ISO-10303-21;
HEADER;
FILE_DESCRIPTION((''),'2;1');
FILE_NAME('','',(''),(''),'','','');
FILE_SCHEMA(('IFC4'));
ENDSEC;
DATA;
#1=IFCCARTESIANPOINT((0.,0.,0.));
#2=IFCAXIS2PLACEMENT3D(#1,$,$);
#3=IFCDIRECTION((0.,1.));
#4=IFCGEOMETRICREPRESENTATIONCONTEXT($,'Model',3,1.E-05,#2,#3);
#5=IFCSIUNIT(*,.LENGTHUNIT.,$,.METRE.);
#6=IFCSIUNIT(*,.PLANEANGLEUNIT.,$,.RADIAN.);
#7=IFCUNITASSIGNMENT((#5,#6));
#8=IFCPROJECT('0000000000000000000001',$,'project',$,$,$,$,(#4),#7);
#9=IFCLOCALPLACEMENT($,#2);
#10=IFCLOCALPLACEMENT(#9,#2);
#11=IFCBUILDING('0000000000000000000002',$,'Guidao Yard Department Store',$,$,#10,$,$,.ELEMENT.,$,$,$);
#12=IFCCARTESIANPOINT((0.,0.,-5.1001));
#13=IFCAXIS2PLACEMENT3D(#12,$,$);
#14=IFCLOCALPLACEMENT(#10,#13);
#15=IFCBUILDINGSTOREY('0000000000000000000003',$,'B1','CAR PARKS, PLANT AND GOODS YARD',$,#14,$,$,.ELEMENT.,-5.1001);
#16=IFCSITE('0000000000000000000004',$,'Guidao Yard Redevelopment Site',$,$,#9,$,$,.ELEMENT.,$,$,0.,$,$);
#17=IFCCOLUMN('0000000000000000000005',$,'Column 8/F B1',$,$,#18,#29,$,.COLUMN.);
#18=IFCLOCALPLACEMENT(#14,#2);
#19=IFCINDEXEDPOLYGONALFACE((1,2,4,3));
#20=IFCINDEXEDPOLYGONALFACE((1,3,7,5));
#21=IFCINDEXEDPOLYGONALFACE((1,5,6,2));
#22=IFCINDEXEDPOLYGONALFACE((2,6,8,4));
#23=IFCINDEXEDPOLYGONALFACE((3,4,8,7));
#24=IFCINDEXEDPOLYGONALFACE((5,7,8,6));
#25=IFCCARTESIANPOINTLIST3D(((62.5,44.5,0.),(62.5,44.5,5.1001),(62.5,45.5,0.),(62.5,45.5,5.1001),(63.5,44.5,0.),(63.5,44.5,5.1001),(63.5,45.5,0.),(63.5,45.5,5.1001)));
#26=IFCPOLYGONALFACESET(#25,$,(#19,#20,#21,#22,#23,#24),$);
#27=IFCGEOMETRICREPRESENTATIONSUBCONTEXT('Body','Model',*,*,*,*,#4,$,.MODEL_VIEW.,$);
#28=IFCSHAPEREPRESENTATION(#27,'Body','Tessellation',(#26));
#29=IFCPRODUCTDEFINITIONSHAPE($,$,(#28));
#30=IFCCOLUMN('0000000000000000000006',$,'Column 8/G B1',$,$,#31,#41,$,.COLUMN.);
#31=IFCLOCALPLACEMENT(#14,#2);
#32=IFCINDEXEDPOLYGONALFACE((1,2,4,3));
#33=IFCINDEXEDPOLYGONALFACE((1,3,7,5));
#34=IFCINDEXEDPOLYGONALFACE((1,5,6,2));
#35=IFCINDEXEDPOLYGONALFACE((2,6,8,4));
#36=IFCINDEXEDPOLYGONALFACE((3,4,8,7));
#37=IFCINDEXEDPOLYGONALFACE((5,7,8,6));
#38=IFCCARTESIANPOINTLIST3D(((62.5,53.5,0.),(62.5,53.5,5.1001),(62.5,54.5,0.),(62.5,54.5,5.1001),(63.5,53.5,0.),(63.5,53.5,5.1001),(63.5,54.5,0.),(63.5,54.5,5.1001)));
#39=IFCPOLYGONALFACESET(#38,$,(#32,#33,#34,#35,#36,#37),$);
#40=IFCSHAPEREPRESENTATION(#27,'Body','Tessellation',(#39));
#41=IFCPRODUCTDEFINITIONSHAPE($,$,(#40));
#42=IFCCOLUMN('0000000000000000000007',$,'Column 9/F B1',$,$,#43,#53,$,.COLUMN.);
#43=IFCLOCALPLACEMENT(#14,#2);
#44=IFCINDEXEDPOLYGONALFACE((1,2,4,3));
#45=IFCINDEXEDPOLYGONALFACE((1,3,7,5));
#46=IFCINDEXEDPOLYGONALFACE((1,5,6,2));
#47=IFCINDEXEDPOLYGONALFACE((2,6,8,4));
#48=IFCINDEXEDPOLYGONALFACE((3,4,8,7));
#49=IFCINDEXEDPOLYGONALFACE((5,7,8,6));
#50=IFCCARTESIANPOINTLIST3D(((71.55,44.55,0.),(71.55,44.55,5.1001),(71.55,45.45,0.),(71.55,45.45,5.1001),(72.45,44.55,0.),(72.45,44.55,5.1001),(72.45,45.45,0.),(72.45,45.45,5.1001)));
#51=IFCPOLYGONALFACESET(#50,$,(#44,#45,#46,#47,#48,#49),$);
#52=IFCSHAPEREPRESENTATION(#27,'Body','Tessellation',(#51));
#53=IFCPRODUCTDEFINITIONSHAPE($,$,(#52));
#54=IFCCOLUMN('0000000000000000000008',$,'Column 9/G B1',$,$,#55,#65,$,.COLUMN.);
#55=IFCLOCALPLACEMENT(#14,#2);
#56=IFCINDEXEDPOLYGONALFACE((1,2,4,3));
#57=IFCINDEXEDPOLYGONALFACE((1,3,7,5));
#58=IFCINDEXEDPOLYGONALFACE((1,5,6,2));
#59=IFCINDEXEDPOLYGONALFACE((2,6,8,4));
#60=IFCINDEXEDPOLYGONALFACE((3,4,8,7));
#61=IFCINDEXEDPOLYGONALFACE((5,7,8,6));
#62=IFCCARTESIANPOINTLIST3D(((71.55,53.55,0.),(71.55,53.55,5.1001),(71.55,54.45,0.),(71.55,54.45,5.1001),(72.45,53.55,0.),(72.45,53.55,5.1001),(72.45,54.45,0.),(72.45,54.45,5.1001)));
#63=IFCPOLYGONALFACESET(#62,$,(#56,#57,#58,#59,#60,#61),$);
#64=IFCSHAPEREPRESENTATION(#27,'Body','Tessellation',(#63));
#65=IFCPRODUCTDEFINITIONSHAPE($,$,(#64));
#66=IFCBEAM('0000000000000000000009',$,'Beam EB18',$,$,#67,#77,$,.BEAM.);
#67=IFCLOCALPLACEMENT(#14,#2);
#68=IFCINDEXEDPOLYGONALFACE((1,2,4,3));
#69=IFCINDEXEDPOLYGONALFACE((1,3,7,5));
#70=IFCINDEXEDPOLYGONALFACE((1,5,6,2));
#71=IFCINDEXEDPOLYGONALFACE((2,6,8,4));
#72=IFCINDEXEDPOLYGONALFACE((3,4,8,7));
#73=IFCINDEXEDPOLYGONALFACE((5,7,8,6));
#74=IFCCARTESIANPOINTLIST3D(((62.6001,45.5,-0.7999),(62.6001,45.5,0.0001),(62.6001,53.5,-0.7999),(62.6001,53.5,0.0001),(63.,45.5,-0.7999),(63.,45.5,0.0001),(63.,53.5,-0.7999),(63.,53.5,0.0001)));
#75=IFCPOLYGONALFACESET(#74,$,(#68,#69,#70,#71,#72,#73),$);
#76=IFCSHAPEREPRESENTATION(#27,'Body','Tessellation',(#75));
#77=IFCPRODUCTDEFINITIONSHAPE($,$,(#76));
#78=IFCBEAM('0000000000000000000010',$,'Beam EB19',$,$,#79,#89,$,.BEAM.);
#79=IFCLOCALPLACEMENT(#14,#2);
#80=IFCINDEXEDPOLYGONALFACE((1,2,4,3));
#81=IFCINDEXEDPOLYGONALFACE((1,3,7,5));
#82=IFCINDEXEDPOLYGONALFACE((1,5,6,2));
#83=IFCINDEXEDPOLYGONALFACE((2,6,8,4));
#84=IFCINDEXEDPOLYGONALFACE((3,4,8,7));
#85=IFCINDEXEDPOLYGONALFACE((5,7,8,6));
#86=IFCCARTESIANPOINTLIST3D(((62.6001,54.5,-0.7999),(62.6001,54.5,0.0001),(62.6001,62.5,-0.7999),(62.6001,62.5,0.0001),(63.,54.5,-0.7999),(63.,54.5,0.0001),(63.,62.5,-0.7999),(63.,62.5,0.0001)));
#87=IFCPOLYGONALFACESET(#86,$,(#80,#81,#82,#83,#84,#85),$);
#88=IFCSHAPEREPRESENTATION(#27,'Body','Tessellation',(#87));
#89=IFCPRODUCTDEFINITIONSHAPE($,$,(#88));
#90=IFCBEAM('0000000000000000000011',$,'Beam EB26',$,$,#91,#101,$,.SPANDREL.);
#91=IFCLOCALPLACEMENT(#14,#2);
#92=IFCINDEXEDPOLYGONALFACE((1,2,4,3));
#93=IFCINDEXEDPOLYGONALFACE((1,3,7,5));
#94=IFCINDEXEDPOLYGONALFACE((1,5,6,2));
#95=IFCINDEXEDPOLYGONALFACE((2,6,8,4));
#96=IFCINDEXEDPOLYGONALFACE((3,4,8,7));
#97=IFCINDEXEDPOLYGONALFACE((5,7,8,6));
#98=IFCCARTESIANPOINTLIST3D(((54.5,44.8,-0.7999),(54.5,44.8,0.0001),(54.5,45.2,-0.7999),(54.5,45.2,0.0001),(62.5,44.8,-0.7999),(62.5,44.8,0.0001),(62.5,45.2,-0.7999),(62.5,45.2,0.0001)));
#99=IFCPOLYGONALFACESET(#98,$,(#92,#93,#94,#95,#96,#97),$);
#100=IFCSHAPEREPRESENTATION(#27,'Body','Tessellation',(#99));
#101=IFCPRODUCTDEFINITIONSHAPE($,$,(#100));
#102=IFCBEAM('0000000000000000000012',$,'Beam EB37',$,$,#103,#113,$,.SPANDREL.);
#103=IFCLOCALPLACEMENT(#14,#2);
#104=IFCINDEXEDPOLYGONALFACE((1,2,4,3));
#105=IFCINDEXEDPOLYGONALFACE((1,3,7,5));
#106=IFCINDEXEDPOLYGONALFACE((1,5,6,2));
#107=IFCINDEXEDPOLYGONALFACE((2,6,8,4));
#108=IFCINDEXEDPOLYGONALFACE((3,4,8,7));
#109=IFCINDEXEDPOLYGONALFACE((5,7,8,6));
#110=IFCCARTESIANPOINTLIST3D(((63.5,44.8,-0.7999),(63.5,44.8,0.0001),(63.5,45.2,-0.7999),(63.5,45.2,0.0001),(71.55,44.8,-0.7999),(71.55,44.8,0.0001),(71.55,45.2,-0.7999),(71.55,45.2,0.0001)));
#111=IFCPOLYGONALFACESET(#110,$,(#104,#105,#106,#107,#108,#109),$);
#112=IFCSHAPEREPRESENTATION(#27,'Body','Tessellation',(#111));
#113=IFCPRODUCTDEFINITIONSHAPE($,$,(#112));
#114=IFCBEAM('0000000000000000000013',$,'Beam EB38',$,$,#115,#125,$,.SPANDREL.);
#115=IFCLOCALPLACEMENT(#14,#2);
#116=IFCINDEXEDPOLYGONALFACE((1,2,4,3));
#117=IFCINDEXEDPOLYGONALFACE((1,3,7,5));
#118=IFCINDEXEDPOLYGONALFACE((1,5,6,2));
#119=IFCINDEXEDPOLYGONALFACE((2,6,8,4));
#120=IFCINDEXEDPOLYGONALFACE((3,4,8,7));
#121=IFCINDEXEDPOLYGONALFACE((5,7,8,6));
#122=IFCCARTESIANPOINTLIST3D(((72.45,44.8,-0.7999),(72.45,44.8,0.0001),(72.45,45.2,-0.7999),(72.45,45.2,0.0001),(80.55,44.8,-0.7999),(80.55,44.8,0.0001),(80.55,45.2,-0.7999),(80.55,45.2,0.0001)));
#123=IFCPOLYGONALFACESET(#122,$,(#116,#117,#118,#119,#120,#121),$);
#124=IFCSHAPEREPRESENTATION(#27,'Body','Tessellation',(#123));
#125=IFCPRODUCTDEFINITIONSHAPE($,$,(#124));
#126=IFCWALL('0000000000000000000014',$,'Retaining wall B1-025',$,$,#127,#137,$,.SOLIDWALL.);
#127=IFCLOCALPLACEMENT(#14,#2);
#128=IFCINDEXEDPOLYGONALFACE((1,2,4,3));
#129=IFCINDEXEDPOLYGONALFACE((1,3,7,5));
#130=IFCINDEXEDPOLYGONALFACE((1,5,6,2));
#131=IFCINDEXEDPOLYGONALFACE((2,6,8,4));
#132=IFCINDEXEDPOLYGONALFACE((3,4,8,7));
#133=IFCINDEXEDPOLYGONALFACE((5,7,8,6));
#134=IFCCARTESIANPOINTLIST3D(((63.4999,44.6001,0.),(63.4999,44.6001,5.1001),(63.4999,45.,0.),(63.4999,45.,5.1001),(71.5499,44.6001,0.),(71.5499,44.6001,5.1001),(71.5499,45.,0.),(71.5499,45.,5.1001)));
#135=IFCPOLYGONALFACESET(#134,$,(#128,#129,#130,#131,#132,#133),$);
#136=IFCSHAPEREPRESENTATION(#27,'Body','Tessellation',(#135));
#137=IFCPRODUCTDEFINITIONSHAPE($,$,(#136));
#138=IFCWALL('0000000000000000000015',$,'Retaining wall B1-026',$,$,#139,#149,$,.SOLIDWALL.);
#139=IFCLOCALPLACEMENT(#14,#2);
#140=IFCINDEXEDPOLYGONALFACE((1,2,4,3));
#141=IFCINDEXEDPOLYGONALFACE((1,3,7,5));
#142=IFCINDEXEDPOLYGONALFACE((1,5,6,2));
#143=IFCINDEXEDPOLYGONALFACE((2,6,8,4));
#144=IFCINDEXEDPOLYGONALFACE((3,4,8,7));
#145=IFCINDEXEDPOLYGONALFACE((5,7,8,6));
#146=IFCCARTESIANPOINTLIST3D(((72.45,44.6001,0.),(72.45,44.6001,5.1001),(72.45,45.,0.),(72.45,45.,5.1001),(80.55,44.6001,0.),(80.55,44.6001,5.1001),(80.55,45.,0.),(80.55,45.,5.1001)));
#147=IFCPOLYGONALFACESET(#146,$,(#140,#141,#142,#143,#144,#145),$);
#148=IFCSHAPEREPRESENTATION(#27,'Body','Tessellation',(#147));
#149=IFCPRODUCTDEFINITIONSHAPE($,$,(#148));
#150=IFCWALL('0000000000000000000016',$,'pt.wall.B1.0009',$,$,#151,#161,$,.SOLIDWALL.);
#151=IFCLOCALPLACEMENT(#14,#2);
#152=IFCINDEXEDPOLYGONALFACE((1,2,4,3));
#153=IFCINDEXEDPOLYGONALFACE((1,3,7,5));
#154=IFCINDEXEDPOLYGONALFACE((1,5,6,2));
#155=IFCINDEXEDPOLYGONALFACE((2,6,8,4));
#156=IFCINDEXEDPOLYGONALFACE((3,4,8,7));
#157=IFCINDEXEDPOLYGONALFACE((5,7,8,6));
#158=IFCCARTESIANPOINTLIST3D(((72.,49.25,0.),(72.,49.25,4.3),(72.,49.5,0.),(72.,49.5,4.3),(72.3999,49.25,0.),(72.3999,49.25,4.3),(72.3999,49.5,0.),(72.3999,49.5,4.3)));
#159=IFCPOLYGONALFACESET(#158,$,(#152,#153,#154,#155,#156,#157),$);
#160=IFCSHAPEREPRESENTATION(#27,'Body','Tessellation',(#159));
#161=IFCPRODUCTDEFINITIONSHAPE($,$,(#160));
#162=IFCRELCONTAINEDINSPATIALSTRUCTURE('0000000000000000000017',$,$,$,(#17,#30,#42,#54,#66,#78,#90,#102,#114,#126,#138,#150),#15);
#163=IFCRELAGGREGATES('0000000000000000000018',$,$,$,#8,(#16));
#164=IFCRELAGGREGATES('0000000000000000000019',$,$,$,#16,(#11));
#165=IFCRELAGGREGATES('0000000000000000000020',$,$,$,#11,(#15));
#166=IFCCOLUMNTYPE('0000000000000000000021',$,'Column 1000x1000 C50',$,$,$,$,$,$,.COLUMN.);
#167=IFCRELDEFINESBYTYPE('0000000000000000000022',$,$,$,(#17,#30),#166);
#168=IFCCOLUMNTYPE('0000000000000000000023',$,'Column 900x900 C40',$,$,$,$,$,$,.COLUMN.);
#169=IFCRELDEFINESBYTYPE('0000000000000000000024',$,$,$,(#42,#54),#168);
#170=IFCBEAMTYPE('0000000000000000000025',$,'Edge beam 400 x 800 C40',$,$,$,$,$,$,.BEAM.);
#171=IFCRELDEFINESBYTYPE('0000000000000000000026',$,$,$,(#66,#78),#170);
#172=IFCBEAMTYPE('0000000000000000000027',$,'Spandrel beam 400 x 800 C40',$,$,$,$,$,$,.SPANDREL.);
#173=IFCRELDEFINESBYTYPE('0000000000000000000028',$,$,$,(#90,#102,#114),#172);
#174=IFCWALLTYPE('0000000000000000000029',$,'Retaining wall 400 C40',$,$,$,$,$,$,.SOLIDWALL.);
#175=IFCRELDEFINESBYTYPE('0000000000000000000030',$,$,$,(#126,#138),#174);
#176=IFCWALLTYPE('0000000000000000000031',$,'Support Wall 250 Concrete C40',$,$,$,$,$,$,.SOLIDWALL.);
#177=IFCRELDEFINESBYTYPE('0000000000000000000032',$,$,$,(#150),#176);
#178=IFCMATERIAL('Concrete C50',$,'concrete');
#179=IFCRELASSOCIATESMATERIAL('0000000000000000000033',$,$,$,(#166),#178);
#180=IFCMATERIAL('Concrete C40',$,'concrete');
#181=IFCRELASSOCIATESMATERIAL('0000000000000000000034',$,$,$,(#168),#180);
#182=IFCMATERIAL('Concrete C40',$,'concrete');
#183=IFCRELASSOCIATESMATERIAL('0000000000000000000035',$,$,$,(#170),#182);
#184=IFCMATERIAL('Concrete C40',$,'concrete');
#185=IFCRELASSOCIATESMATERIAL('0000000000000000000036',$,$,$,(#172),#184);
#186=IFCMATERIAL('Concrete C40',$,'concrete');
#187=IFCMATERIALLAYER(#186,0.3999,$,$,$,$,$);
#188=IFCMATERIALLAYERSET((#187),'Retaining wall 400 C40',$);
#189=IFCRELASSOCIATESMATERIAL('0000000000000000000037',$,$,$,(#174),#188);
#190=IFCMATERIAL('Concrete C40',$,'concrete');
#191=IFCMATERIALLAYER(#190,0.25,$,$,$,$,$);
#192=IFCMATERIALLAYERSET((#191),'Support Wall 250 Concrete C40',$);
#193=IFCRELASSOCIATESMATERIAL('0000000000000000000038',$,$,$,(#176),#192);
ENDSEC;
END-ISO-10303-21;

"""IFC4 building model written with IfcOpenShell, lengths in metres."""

from ifc_helpers import new_model, si_unit, direction, frame, frame_2d, origin, origin_2d, place, context, subcontext, project, spatial, rectangle, extrude, material, layer, layer_set, material_profile, profile_set, type_object, element, save


model = new_model("IFC4")

# Units and contexts
model_context = context("Model", 3, precision=1e-05, world=origin(), true_north=direction((0.0, 1.0)))
body_context = subcontext(model_context, "Body", "Model", "MODEL_VIEW")
ifc_project = project(units=[si_unit("LENGTHUNIT", "METRE"), si_unit("PLANEANGLEUNIT", "RADIAN")], contexts=[model_context])

# Site, building, storey
site_placement = place(None, origin())
site = spatial("IfcSite", under=ifc_project, at=site_placement, Name="Guidao Yard Redevelopment Site", CompositionType="ELEMENT", RefElevation=0.0)
building_placement = place(site_placement, origin())
building = spatial("IfcBuilding", under=site, at=building_placement, Name="Guidao Yard Department Store", CompositionType="ELEMENT")
storey_placement = place(building_placement, frame((0.0, 0.0, -5.1001)))
storey = spatial("IfcBuildingStorey", under=building, at=storey_placement, Name="B1", Description="CAR PARKS, PLANT AND GOODS YARD", CompositionType="ELEMENT", Elevation=-5.1001)

# Columns
ifc_material_1 = material(Name="Concrete C50", Category="concrete")
ifc_material_profile_1 = material_profile(ifc_material_1, rectangle(XDim=1.0, YDim=1.0, at=origin_2d()), Name="COL 1000x1000")
ifc_profile_set_1 = profile_set([ifc_material_profile_1], Name="Concrete C50")
column_type_1 = type_object("IfcColumnType", Name="Column 1000x1000 C50", PredefinedType="COLUMN", material=ifc_profile_set_1)
for number, where, z_axis, x_axis, name in (
    (1, (63.0, 45.0, 0.0), (0.0, 0.0, 1.0), (1.0, 0.0, 0.0), "Column 8/F B1"),
    (2, (63.0, 54.0, 0.0), (0.0, 0.0, 1.0), (1.0, 0.0, 0.0), "Column 8/G B1"),
):
    element("IfcColumn", number, at=place(storey_placement, frame(where, z_axis=z_axis, x_axis=x_axis)), inside=storey, type_object=column_type_1, Name=name, PredefinedType="COLUMN", context=body_context, shape_type="SweptSolid", body=[
        extrude(rectangle(XDim=1.0, YDim=1.0, at=origin_2d()), origin(), (0.0, 0.0, 1.0), 5.1001),
    ])
ifc_material_2 = material(Name="Concrete C40", Category="concrete")
ifc_material_profile_2 = material_profile(ifc_material_2, rectangle(XDim=0.8999, YDim=0.8999, at=origin_2d()), Name="COL 900x900")
ifc_profile_set_2 = profile_set([ifc_material_profile_2], Name="Concrete C40")
column_type_2 = type_object("IfcColumnType", Name="Column 900x900 C40", PredefinedType="COLUMN", material=ifc_profile_set_2)
for number, where, z_axis, x_axis, name in (
    (3, (72.0, 45.0, 0.0), (0.0, 0.0, 1.0), (1.0, 0.0, 0.0), "Column 9/F B1"),
    (4, (72.0, 54.0, 0.0), (0.0, 0.0, 1.0), (1.0, 0.0, 0.0), "Column 9/G B1"),
):
    element("IfcColumn", number, at=place(storey_placement, frame(where, z_axis=z_axis, x_axis=x_axis)), inside=storey, type_object=column_type_2, Name=name, PredefinedType="COLUMN", context=body_context, shape_type="SweptSolid", body=[
        extrude(rectangle(XDim=0.8999, YDim=0.8999, at=origin_2d()), origin(), (0.0, 0.0, 1.0), 5.1001),
    ])

# Beams
ifc_material_3 = material(Name="Concrete C40", Category="concrete")
ifc_material_profile_3 = material_profile(ifc_material_3, rectangle(XDim=0.3999, YDim=0.8, at=origin_2d()), Name="Edge beam 400 x 800 C40")
ifc_profile_set_3 = profile_set([ifc_material_profile_3], Name="Concrete C40")
beam_type_1 = type_object("IfcBeamType", Name="Edge beam 400 x 800 C40", PredefinedType="BEAM", material=ifc_profile_set_3)
for number, where, z_axis, x_axis, name in (
    (5, (62.8, 45.5, -0.3999), (0.0, 1.0, 0.0), (-1.0, 0.0, 0.0), "Beam EB18"),
    (6, (62.8, 54.5, -0.3999), (0.0, 1.0, 0.0), (-1.0, 0.0, 0.0), "Beam EB19"),
):
    element("IfcBeam", number, at=place(storey_placement, frame(where, z_axis=z_axis, x_axis=x_axis)), inside=storey, type_object=beam_type_1, Name=name, PredefinedType="BEAM", context=body_context, shape_type="SweptSolid", body=[
        extrude(rectangle(XDim=0.3999, YDim=0.8, at=origin_2d()), origin(), (0.0, 0.0, 1.0), 8.0),
    ])
ifc_material_4 = material(Name="Concrete C40", Category="concrete")
ifc_material_profile_4 = material_profile(ifc_material_4, rectangle(XDim=0.3999, YDim=0.8, at=origin_2d()), Name="Spandrel beam 400 x 800 C40")
ifc_profile_set_4 = profile_set([ifc_material_profile_4], Name="Concrete C40")
beam_type_2 = type_object("IfcBeamType", Name="Spandrel beam 400 x 800 C40", PredefinedType="SPANDREL", material=ifc_profile_set_4)
beam_1_placement = place(storey_placement, frame((54.5, 45.0, -0.3999), z_axis=(1.0, 0.0, 0.0), x_axis=(0.0, 1.0, 0.0)))
element("IfcBeam", 7, at=beam_1_placement, inside=storey, type_object=beam_type_2, Name="Beam EB26", PredefinedType="SPANDREL", context=body_context, shape_type="SweptSolid", body=[
    extrude(rectangle(XDim=0.3999, YDim=0.8, at=origin_2d()), origin(), (0.0, 0.0, 1.0), 8.0),
])
beam_2_placement = place(storey_placement, frame((63.5, 45.0, -0.3999), z_axis=(1.0, 0.0, 0.0), x_axis=(0.0, 1.0, 0.0)))
element("IfcBeam", 8, at=beam_2_placement, inside=storey, type_object=beam_type_2, Name="Beam EB37", PredefinedType="SPANDREL", context=body_context, shape_type="SweptSolid", body=[
    extrude(rectangle(XDim=0.3999, YDim=0.8, at=origin_2d()), origin(), (0.0, 0.0, 1.0), 8.05),
])
beam_3_placement = place(storey_placement, frame((72.45, 45.0, -0.3999), z_axis=(1.0, 0.0, 0.0), x_axis=(0.0, 1.0, 0.0)))
element("IfcBeam", 9, at=beam_3_placement, inside=storey, type_object=beam_type_2, Name="Beam EB38", PredefinedType="SPANDREL", context=body_context, shape_type="SweptSolid", body=[
    extrude(rectangle(XDim=0.3999, YDim=0.8, at=origin_2d()), origin(), (0.0, 0.0, 1.0), 8.1001),
])

# Walls
ifc_material_5 = material(Name="Concrete C40", Category="concrete")
ifc_layer_1 = layer(ifc_material_5, 0.3999)
ifc_layer_set_1 = layer_set([ifc_layer_1], Name="Retaining wall 400 C40")
wall_type_1 = type_object("IfcWallType", Name="Retaining wall 400 C40", PredefinedType="SOLIDWALL", material=ifc_layer_set_1)
wall_1_placement = place(storey_placement, frame((63.5, 44.8, 0.0), z_axis=(0.0, 0.0, 1.0), x_axis=(1.0, 0.0, 0.0)))
element("IfcWall", 10, at=wall_1_placement, inside=storey, type_object=wall_type_1, Name="Retaining wall B1-025", PredefinedType="SOLIDWALL", context=body_context, shape_type="SweptSolid", body=[
    extrude(rectangle(XDim=8.05, YDim=0.3999, at=frame_2d((4.0249, 0.0))), origin(), (0.0, 0.0, 1.0), 5.1001),
])
wall_2_placement = place(storey_placement, frame((72.45, 44.8, 0.0), z_axis=(0.0, 0.0, 1.0), x_axis=(1.0, 0.0, 0.0)))
element("IfcWall", 11, at=wall_2_placement, inside=storey, type_object=wall_type_1, Name="Retaining wall B1-026", PredefinedType="SOLIDWALL", context=body_context, shape_type="SweptSolid", body=[
    extrude(rectangle(XDim=8.1001, YDim=0.3999, at=frame_2d((4.05, 0.0))), origin(), (0.0, 0.0, 1.0), 5.1001),
])
ifc_material_6 = material(Name="Concrete C40", Category="concrete")
ifc_layer_2 = layer(ifc_material_6, 0.25)
ifc_layer_set_2 = layer_set([ifc_layer_2], Name="Support Wall 250 Concrete C40")
wall_type_2 = type_object("IfcWallType", Name="Support Wall 250 Concrete C40", PredefinedType="SOLIDWALL", material=ifc_layer_set_2)
wall_3_placement = place(storey_placement, frame((72.0, 49.375, 0.0), z_axis=(0.0, 0.0, 1.0), x_axis=(1.0, 0.0, 0.0)))
element("IfcWall", 12, at=wall_3_placement, inside=storey, type_object=wall_type_2, Name="pt.wall.B1.0009", PredefinedType="SOLIDWALL", context=body_context, shape_type="SweptSolid", body=[
    extrude(rectangle(XDim=0.3999, YDim=0.25, at=frame_2d((0.2, 0.0))), origin(), (0.0, 0.0, 1.0), 4.3),
])

save(model, "model.ifc")
